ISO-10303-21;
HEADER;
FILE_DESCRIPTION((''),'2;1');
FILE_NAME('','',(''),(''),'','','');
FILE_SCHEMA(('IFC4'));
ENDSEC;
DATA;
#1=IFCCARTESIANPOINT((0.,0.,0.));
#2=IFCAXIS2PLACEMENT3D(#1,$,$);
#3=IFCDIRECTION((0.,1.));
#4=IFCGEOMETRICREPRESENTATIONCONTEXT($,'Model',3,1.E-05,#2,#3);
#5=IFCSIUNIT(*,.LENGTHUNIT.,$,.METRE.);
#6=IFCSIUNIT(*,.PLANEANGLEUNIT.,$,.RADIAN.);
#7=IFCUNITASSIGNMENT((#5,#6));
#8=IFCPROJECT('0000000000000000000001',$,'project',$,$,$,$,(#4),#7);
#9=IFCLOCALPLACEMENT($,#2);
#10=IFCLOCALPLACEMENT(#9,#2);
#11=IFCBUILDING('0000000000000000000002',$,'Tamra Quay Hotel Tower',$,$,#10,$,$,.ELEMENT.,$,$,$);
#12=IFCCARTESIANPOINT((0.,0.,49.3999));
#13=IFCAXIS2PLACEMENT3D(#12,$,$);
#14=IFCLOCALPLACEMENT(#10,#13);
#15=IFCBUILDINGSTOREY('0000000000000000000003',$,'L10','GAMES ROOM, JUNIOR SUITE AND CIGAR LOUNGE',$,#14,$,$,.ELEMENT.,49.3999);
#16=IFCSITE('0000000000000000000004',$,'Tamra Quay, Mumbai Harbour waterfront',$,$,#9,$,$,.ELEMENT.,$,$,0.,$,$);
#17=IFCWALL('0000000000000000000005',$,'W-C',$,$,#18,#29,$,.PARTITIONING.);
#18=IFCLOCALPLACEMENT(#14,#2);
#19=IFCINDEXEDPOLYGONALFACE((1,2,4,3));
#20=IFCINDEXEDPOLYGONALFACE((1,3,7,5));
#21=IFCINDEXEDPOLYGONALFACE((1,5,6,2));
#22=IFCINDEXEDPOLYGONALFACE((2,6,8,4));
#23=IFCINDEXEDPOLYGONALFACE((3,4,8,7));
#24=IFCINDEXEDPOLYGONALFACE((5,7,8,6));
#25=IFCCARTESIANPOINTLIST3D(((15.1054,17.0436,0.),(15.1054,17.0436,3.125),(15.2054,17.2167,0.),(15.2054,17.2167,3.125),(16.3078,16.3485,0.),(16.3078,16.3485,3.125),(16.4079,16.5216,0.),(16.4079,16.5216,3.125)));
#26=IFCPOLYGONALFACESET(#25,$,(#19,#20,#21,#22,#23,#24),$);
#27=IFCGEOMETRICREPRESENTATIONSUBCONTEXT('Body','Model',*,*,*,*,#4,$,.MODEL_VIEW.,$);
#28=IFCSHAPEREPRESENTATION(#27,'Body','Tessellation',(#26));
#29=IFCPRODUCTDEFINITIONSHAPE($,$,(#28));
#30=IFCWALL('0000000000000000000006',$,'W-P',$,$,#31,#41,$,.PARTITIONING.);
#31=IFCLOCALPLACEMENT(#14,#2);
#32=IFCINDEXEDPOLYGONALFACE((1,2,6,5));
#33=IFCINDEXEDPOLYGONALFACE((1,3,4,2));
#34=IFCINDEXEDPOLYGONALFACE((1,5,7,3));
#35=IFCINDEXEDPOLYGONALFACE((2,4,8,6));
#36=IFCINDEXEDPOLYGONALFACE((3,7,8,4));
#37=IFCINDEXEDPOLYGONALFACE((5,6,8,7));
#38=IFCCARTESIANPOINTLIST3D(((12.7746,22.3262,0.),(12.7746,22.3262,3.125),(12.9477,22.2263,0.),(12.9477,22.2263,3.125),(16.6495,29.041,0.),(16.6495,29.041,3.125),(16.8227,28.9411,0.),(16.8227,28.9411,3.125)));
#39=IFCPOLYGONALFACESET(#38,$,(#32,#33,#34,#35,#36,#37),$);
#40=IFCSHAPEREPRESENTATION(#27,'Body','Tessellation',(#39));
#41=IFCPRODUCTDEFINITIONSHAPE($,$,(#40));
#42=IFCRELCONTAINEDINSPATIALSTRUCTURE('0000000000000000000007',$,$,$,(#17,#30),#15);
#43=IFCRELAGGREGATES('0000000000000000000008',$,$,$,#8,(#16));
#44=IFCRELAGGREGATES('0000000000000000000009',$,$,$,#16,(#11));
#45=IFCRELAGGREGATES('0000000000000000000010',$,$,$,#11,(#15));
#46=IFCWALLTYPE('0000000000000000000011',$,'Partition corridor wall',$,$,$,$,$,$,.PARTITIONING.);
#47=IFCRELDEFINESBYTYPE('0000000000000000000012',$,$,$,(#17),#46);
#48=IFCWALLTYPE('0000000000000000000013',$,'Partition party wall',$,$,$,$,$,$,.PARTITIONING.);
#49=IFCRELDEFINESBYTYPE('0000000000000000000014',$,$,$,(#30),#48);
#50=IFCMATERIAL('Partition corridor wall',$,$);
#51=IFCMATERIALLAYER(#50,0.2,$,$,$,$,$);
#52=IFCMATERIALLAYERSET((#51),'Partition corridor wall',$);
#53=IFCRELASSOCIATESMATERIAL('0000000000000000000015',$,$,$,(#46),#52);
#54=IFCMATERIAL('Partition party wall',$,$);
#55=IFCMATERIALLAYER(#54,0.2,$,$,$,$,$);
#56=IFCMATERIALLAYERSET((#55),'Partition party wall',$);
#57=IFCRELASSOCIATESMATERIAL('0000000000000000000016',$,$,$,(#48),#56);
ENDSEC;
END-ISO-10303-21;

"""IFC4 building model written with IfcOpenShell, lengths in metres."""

from ifc_helpers import new_model, si_unit, direction, frame, frame_2d, origin, place, context, subcontext, project, spatial, rectangle, extrude, material, layer, layer_set, type_object, element, save


model = new_model("IFC4")

# Units and contexts
model_context = context("Model", 3, precision=1e-05, world=origin(), true_north=direction((0.0, 1.0)))
body_context = subcontext(model_context, "Body", "Model", "MODEL_VIEW")
ifc_project = project(units=[si_unit("LENGTHUNIT", "METRE"), si_unit("PLANEANGLEUNIT", "RADIAN")], contexts=[model_context])

# Site, building, storey
site_placement = place(None, origin())
site = spatial("IfcSite", under=ifc_project, at=site_placement, Name="Tamra Quay, Mumbai Harbour waterfront", CompositionType="ELEMENT", RefElevation=0.0)
building_placement = place(site_placement, origin())
building = spatial("IfcBuilding", under=site, at=building_placement, Name="Tamra Quay Hotel Tower", CompositionType="ELEMENT")
storey_placement = place(building_placement, frame((0.0, 0.0, 49.3999)))
storey = spatial("IfcBuildingStorey", under=building, at=storey_placement, Name="L10", Description="GAMES ROOM, JUNIOR SUITE AND CIGAR LOUNGE", CompositionType="ELEMENT", Elevation=49.3999)

# Walls
ifc_material_1 = material(Name="Partition corridor wall")
ifc_layer_1 = layer(ifc_material_1, 0.2)
ifc_layer_set_1 = layer_set([ifc_layer_1], Name="Partition corridor wall")
wall_type_1 = type_object("IfcWallType", Name="Partition corridor wall", PredefinedType="PARTITIONING", material=ifc_layer_set_1)
wall_1_placement = place(storey_placement, frame((15.1555, 17.1301, 0.0), z_axis=(0.0, 0.0, 1.0), x_axis=(0.865755, -0.500468, 0.0)))
element("IfcWall", 1, at=wall_1_placement, inside=storey, type_object=wall_type_1, Name="W-C", PredefinedType="PARTITIONING", context=body_context, shape_type="SweptSolid", body=[
    extrude(rectangle(XDim=1.3889, YDim=0.2, at=frame_2d((0.6943, 0.0))), origin(), (0.0, 0.0, 1.0), 3.125),
])
ifc_material_2 = material(Name="Partition party wall")
ifc_layer_2 = layer(ifc_material_2, 0.2)
ifc_layer_set_2 = layer_set([ifc_layer_2], Name="Partition party wall")
wall_type_2 = type_object("IfcWallType", Name="Partition party wall", PredefinedType="PARTITIONING", material=ifc_layer_set_2)
wall_2_placement = place(storey_placement, frame((12.8611, 22.2761, 0.0), z_axis=(0.0, 0.0, 1.0), x_axis=(0.499824, 0.866127, 0.0)))
element("IfcWall", 2, at=wall_2_placement, inside=storey, type_object=wall_type_2, Name="W-P", PredefinedType="PARTITIONING", context=body_context, shape_type="SweptSolid", body=[
    extrude(rectangle(XDim=7.7527, YDim=0.2, at=frame_2d((3.8765, 0.0))), origin(), (0.0, 0.0, 1.0), 3.125),
])

save(model, "model.ifc")
